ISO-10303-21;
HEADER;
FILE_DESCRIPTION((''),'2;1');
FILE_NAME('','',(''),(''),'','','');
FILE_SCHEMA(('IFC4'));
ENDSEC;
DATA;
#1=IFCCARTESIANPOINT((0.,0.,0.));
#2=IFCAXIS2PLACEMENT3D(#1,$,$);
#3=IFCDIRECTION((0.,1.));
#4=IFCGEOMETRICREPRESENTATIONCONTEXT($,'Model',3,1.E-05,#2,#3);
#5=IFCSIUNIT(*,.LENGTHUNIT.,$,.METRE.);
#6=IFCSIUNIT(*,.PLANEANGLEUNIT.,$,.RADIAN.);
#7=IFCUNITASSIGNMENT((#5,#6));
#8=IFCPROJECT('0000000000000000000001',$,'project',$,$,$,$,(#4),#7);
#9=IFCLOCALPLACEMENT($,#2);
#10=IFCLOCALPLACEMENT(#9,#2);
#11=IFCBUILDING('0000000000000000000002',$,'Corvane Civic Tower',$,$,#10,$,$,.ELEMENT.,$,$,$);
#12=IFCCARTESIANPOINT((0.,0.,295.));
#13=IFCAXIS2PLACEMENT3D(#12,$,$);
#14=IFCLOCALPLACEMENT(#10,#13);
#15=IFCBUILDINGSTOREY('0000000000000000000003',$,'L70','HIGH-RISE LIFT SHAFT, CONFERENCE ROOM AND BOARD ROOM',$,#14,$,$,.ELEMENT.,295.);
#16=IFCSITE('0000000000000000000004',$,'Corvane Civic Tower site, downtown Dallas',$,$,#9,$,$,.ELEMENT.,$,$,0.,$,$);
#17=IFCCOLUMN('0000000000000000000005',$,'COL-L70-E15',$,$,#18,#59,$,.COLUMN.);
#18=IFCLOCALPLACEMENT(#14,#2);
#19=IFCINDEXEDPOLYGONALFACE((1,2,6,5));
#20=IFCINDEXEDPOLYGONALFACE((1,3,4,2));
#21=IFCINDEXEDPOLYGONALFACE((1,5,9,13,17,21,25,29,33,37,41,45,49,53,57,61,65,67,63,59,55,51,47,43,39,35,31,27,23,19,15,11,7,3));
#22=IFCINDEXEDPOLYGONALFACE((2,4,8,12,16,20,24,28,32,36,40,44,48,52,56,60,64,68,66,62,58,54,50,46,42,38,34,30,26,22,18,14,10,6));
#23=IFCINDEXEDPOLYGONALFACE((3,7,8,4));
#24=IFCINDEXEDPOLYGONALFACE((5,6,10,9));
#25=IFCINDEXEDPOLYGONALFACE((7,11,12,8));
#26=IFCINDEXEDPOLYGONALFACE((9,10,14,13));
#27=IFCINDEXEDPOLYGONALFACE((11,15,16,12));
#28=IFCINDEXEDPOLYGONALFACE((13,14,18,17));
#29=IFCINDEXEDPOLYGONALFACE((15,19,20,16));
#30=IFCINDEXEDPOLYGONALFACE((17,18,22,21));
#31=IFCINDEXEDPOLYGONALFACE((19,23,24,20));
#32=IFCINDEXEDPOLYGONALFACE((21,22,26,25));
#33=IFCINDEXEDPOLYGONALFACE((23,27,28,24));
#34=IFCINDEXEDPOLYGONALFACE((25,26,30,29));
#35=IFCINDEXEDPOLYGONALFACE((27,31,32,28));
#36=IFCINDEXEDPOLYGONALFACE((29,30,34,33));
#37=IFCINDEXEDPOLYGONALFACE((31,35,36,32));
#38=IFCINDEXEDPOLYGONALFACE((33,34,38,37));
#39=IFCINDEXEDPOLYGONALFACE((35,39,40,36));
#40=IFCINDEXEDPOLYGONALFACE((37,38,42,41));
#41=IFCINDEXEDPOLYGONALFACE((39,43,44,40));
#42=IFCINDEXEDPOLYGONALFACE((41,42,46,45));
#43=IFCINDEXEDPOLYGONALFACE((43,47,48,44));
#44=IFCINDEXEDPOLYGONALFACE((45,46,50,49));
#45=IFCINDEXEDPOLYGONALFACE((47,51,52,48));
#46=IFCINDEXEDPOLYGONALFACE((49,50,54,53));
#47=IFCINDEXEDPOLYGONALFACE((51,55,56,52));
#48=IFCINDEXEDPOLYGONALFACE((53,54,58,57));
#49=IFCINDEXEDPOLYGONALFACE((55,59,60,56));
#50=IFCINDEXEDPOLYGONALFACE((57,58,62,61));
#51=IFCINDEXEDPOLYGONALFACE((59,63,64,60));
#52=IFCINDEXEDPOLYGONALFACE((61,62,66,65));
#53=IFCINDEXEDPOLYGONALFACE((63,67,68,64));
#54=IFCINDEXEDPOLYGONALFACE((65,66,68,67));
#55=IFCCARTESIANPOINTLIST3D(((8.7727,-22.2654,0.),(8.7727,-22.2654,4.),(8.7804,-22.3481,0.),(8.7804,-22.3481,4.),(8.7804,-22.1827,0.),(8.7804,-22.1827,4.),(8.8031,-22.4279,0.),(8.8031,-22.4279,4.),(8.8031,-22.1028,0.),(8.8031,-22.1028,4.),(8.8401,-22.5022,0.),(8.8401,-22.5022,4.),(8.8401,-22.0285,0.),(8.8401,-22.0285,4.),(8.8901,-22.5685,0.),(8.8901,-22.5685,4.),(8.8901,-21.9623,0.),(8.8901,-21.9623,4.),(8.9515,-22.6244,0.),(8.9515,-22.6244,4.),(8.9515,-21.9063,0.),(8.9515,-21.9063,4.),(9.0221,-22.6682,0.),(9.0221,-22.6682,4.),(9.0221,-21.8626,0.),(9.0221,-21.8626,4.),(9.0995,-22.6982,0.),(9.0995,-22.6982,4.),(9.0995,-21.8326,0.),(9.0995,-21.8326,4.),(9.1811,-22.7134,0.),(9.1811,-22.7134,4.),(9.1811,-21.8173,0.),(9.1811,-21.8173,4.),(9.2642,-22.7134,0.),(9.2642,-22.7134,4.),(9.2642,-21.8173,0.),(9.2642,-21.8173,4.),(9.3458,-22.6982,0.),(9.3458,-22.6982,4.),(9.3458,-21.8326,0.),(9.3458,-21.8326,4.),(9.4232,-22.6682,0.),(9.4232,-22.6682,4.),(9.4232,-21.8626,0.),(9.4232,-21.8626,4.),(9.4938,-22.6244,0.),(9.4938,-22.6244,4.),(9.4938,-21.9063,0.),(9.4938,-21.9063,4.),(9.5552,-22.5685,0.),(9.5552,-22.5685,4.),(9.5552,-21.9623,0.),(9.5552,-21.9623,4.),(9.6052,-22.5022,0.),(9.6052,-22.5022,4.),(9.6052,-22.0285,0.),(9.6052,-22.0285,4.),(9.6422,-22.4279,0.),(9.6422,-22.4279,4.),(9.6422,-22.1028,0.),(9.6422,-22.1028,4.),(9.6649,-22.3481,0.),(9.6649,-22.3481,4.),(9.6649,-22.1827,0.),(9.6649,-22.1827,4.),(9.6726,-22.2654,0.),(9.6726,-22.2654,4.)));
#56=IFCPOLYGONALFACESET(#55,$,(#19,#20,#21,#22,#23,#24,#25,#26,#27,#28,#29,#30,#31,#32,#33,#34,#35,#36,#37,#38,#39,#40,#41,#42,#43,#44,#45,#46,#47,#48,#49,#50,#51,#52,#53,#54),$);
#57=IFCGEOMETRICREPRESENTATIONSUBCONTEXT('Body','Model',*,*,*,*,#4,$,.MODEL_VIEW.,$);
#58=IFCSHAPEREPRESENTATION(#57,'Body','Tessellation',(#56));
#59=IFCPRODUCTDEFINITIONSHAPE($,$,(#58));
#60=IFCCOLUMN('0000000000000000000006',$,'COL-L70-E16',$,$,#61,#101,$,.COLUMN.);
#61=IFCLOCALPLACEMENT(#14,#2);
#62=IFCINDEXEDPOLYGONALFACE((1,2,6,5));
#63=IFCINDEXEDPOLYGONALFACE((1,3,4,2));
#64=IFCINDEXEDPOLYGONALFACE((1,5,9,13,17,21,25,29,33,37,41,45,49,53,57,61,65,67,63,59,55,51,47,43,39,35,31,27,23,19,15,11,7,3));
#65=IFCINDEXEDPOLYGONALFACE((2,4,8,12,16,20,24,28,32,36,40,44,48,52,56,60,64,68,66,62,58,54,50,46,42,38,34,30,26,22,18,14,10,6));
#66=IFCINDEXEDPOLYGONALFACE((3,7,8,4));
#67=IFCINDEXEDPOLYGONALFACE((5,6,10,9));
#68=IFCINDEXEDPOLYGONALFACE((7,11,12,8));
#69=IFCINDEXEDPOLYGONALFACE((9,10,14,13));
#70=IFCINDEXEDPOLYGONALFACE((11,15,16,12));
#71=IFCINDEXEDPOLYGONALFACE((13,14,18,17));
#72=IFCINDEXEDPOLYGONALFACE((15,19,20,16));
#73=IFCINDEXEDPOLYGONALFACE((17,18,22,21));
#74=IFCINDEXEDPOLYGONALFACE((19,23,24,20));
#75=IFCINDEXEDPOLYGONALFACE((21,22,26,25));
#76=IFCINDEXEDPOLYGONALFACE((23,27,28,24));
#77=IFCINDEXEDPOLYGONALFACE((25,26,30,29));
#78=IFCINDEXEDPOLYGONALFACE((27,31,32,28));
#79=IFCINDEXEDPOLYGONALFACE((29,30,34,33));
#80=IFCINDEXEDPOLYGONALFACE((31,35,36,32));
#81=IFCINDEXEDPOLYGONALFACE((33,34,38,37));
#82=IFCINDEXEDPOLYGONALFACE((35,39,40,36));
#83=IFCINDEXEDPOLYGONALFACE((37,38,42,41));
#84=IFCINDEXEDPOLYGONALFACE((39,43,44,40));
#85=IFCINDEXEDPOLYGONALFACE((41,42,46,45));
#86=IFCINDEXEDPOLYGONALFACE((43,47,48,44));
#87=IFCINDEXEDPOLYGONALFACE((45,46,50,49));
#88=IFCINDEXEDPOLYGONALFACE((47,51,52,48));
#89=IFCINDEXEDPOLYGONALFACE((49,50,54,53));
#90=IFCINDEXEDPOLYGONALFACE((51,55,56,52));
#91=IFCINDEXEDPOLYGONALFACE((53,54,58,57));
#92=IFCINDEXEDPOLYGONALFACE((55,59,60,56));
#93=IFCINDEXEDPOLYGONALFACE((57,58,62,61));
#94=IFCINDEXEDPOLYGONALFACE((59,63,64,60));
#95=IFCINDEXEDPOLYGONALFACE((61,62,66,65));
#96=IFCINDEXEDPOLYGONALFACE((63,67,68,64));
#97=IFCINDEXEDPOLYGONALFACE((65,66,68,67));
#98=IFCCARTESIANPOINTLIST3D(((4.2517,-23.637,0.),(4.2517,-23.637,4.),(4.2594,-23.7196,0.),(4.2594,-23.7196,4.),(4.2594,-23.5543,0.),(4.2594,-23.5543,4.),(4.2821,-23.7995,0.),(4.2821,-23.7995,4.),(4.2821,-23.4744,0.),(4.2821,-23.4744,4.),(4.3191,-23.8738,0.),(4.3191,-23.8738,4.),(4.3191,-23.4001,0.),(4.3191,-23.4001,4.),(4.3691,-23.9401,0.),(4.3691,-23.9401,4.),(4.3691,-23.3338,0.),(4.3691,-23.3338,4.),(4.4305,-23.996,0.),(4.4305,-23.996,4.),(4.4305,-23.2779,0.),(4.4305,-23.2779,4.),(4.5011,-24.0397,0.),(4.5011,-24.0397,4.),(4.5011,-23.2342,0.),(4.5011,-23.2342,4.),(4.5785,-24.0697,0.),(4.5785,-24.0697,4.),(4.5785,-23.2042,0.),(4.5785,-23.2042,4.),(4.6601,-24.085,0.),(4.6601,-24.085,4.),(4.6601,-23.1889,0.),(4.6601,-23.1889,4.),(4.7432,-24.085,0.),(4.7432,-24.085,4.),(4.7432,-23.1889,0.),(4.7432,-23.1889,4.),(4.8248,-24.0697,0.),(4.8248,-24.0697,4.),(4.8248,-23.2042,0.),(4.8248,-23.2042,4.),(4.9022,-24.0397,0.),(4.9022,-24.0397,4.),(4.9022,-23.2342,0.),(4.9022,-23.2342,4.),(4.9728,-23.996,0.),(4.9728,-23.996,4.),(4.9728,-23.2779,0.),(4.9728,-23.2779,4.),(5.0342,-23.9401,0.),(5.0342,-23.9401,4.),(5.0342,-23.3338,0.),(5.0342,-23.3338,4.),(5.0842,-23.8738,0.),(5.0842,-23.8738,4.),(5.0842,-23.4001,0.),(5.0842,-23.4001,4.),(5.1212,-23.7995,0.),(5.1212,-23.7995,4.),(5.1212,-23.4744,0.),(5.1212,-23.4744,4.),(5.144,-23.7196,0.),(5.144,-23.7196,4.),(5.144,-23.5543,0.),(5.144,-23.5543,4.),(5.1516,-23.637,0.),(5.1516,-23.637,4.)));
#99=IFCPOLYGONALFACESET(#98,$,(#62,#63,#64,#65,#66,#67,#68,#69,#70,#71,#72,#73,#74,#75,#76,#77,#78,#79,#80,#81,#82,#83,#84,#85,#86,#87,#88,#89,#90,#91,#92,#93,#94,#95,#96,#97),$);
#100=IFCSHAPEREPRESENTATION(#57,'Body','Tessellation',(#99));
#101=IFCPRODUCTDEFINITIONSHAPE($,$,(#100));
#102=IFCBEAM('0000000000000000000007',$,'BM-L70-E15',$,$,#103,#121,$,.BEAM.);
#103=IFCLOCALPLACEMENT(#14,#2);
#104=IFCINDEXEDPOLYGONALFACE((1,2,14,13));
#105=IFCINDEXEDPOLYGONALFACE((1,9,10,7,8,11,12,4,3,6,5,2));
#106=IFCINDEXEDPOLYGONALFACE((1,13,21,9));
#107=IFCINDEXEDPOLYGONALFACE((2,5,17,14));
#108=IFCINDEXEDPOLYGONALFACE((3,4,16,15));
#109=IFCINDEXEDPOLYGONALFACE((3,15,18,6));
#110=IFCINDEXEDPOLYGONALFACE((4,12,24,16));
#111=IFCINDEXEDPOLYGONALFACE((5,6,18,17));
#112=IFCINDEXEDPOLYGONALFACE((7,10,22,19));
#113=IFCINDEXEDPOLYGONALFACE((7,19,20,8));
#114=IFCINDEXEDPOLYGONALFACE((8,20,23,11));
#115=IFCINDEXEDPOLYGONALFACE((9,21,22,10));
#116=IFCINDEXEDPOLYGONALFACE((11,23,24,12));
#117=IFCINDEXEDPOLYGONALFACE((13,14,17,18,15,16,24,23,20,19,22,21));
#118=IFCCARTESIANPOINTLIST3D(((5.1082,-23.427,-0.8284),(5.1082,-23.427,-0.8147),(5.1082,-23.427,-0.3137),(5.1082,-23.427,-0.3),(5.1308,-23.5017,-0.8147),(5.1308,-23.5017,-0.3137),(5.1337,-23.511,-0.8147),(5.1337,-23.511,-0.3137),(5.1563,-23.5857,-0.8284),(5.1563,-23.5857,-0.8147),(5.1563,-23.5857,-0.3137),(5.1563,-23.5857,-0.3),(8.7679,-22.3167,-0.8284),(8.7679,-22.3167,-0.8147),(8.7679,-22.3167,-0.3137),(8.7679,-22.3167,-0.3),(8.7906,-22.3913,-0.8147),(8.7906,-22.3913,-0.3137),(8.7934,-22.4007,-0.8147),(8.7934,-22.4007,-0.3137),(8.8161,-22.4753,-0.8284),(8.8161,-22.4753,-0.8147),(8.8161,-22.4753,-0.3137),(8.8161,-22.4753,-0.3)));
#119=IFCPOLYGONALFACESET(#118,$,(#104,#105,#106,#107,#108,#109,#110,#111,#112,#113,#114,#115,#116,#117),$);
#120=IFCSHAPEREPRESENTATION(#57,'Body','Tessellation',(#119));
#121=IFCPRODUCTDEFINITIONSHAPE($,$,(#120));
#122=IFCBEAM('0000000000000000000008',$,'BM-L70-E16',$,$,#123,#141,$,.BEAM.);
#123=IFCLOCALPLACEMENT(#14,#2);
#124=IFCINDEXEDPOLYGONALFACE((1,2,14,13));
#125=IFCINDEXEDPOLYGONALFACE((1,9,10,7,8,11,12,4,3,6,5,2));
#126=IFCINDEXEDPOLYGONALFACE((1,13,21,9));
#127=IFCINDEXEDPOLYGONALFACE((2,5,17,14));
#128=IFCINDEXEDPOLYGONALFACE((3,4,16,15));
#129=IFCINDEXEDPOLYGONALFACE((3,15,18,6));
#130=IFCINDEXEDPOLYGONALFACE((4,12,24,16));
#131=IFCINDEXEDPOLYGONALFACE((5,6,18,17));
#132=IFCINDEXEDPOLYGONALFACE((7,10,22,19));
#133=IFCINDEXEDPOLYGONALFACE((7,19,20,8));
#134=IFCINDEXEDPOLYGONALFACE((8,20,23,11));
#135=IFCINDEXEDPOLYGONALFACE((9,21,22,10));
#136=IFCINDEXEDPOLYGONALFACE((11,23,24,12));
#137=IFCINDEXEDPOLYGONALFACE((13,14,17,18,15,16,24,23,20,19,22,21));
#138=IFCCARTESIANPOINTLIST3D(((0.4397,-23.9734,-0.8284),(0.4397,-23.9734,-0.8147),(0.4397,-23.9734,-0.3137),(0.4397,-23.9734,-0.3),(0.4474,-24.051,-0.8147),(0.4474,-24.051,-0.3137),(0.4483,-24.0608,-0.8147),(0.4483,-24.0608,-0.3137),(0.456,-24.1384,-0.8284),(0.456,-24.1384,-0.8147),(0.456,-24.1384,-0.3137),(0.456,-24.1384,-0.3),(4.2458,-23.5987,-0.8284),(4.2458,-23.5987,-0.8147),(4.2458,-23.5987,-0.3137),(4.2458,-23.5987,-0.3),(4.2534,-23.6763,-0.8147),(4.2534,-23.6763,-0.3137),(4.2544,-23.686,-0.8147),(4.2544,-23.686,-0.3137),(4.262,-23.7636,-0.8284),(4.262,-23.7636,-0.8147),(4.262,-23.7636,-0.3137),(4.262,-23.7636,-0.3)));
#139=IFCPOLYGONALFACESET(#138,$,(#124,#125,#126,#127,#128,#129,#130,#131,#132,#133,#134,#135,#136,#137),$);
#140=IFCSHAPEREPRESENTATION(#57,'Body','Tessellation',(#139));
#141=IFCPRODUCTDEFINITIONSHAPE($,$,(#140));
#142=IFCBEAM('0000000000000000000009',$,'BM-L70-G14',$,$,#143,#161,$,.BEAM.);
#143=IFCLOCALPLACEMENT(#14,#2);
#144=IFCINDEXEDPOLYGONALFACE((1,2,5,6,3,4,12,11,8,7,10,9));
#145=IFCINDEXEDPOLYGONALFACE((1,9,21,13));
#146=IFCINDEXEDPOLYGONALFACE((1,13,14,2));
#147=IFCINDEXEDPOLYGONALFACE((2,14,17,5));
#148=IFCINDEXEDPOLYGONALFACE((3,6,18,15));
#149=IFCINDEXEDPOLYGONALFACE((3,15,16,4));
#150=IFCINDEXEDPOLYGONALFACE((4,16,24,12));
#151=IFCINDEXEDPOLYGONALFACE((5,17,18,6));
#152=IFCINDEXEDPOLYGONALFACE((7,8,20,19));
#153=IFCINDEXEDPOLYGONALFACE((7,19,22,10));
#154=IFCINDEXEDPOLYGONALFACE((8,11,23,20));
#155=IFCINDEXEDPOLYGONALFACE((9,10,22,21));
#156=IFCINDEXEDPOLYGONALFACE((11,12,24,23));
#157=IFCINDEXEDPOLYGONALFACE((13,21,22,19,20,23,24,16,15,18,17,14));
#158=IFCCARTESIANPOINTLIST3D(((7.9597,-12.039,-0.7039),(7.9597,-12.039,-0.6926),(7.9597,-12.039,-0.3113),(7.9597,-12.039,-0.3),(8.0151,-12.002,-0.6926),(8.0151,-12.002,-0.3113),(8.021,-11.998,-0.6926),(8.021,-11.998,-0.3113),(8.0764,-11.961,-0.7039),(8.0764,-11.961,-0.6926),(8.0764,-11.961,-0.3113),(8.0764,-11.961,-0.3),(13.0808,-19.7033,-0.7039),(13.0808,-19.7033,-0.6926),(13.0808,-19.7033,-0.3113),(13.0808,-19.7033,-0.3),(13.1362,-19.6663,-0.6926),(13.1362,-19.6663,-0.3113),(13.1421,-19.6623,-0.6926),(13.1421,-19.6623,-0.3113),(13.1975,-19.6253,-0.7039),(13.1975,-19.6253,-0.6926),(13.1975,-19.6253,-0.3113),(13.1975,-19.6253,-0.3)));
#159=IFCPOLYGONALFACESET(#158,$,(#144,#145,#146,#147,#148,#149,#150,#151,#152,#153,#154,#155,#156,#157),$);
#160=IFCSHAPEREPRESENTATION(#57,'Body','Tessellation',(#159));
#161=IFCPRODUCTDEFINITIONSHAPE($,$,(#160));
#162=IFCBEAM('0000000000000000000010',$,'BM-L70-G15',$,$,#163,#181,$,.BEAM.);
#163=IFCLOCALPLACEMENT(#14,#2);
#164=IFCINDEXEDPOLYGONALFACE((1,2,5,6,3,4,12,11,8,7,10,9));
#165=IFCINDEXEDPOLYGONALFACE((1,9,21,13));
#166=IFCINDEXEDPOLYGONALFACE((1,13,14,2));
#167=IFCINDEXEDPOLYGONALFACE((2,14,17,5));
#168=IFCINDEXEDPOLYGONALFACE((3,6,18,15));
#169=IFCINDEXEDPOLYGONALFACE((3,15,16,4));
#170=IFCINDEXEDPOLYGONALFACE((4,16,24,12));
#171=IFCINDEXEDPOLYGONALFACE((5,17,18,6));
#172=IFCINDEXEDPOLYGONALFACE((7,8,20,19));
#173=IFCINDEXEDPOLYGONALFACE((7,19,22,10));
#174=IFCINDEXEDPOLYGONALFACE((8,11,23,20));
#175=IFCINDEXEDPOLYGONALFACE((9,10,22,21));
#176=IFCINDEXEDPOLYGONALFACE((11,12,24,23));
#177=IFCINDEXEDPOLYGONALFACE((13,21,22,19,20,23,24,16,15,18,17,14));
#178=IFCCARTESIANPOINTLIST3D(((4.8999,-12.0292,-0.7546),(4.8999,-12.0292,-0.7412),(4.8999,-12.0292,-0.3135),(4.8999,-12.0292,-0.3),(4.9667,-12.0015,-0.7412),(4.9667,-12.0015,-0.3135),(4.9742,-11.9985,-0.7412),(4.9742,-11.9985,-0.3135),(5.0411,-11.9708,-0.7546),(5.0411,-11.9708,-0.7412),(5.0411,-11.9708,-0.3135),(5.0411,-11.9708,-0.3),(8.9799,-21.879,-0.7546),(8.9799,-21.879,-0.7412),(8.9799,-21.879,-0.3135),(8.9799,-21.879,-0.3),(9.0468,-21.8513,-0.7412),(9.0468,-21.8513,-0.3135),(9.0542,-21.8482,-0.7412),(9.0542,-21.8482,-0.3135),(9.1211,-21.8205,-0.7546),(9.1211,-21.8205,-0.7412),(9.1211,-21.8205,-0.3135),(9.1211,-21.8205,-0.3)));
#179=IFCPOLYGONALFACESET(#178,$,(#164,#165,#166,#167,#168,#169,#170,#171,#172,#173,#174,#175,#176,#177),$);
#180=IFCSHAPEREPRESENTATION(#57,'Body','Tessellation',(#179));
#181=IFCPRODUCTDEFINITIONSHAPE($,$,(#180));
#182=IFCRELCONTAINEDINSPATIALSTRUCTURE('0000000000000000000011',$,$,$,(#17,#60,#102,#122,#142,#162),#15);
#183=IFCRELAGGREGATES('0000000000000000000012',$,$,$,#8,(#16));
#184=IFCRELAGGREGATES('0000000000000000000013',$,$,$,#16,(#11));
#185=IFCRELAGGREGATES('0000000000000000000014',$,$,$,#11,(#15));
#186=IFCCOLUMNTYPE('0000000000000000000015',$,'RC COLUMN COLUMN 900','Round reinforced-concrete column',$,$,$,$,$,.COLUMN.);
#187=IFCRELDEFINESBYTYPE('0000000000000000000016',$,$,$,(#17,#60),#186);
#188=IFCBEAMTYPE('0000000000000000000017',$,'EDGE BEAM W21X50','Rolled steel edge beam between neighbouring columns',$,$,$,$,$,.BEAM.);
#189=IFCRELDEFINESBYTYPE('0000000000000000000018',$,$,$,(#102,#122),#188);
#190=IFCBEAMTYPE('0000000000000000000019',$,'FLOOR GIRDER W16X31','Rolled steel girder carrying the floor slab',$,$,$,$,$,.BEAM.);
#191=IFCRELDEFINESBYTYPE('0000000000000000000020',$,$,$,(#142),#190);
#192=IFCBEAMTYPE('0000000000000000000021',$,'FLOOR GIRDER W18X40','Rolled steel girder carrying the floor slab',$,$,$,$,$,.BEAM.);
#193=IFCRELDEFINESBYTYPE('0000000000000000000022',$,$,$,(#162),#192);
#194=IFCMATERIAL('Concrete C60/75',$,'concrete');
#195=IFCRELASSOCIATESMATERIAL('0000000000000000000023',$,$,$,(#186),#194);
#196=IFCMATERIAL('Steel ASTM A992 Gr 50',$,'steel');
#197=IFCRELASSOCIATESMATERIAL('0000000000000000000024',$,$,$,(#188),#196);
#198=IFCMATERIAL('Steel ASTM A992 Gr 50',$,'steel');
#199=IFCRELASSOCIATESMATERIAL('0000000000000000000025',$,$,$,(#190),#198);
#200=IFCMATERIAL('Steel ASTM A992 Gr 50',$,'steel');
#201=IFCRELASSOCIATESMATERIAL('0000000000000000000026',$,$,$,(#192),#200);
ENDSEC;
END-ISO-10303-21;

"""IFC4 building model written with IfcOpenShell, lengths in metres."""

from ifc_helpers import new_model, si_unit, direction, frame, origin, origin_2d, place, context, subcontext, project, spatial, circle, i_section, extrude, material, material_profile, profile_set, type_object, element, save


model = new_model("IFC4")

# Units and contexts
model_context = context("Model", 3, precision=1e-05, world=origin(), true_north=direction((0.0, 1.0)))
body_context = subcontext(model_context, "Body", "Model", "MODEL_VIEW")
ifc_project = project(units=[si_unit("LENGTHUNIT", "METRE"), si_unit("PLANEANGLEUNIT", "RADIAN")], contexts=[model_context])

# Site, building, storey
site_placement = place(None, origin())
site = spatial("IfcSite", under=ifc_project, at=site_placement, Name="Corvane Civic Tower site, downtown Dallas", CompositionType="ELEMENT", RefElevation=0.0)
building_placement = place(site_placement, origin())
building = spatial("IfcBuilding", under=site, at=building_placement, Name="Corvane Civic Tower", CompositionType="ELEMENT")
storey_placement = place(building_placement, frame((0.0, 0.0, 295.0)))
storey = spatial("IfcBuildingStorey", under=building, at=storey_placement, Name="L70", Description="HIGH-RISE LIFT SHAFT, CONFERENCE ROOM AND BOARD ROOM", CompositionType="ELEMENT", Elevation=295.0)

# Columns
ifc_material_1 = material(Name="Concrete C60/75", Category="concrete")
ifc_material_profile_1 = material_profile(ifc_material_1, circle(Radius=0.45, at=origin_2d()), Name="COLUMN 900")
ifc_profile_set_1 = profile_set([ifc_material_profile_1], Name="Concrete C60/75")
column_type = type_object("IfcColumnType", Name="RC COLUMN COLUMN 900", Description="Round reinforced-concrete column", PredefinedType="COLUMN", material=ifc_profile_set_1)
for number, where, z_axis, x_axis, name in (
    (1, (9.2227, -22.2654, 0.0), (0.0, 0.0, 1.0), (1.0, 0.0, 0.0), "COL-L70-E15"),
    (2, (4.7017, -23.637, 0.0), (0.0, 0.0, 1.0), (1.0, 0.0, 0.0), "COL-L70-E16"),
):
    element("IfcColumn", number, at=place(storey_placement, frame(where, z_axis=z_axis, x_axis=x_axis)), inside=storey, type_object=column_type, Name=name, PredefinedType="COLUMN", context=body_context, shape_type="SweptSolid", body=[
        extrude(circle(Radius=0.45, at=origin_2d()), origin(), (0.0, 0.0, 1.0), 4.0),
    ])

# Beams
ifc_material_2 = material(Name="Steel ASTM A992 Gr 50", Category="steel")
ifc_material_profile_2 = material_profile(ifc_material_2, i_section(OverallWidth=0.1658, OverallDepth=0.5283, WebThickness=0.0098, FlangeThickness=0.0137, at=origin_2d()), Name="W21X50")
ifc_profile_set_2 = profile_set([ifc_material_profile_2], Name="Steel ASTM A992 Gr 50")
beam_type_1 = type_object("IfcBeamType", Name="EDGE BEAM W21X50", Description="Rolled steel edge beam between neighbouring columns", PredefinedType="BEAM", material=ifc_profile_set_2)
for number, where, z_axis, x_axis, name in (
    (3, (8.792, -22.396, -0.5642), (-0.956926, -0.290333, 0.0), (0.290333, -0.956926, 0.0), "BM-L70-E15"),
    (4, (4.2539, -23.6812, -0.5642), (-0.995188, -0.097987, 0.0), (0.097987, -0.995188, 0.0), "BM-L70-E16"),
):
    element("IfcBeam", number, at=place(storey_placement, frame(where, z_axis=z_axis, x_axis=x_axis)), inside=storey, type_object=beam_type_1, Name=name, PredefinedType="BEAM", context=body_context, shape_type="SweptSolid", body=[
        extrude(i_section(OverallWidth=0.1658, OverallDepth=0.5283, WebThickness=0.0098, FlangeThickness=0.0137, at=origin_2d()), origin(), (0.0, 0.0, 1.0), 3.8245),
    ])
ifc_material_3 = material(Name="Steel ASTM A992 Gr 50", Category="steel")
ifc_material_profile_3 = material_profile(ifc_material_3, i_section(OverallWidth=0.1404, OverallDepth=0.4038, WebThickness=0.0071, FlangeThickness=0.0112, at=origin_2d()), Name="W16X31")
ifc_profile_set_3 = profile_set([ifc_material_profile_3], Name="Steel ASTM A992 Gr 50")
beam_type_2 = type_object("IfcBeamType", Name="FLOOR GIRDER W16X31", Description="Rolled steel girder carrying the floor slab", PredefinedType="BEAM", material=ifc_profile_set_3)
beam_1_placement = place(storey_placement, frame((8.0181, -12.0, -0.502), z_axis=(0.555568, -0.831471, 0.0), x_axis=(0.831471, 0.555568, 0.0)))
element("IfcBeam", 5, at=beam_1_placement, inside=storey, type_object=beam_type_2, Name="BM-L70-G14", PredefinedType="BEAM", context=body_context, shape_type="SweptSolid", body=[
    extrude(i_section(OverallWidth=0.1404, OverallDepth=0.4038, WebThickness=0.0071, FlangeThickness=0.0112, at=origin_2d()), origin(), (0.0, 0.0, 1.0), 9.2178),
])
ifc_material_4 = material(Name="Steel ASTM A992 Gr 50", Category="steel")
ifc_material_profile_4 = material_profile(ifc_material_4, i_section(OverallWidth=0.1528, OverallDepth=0.4546, WebThickness=0.0081, FlangeThickness=0.0134, at=origin_2d()), Name="W18X40")
ifc_profile_set_4 = profile_set([ifc_material_profile_4], Name="Steel ASTM A992 Gr 50")
beam_type_3 = type_object("IfcBeamType", Name="FLOOR GIRDER W18X40", Description="Rolled steel girder carrying the floor slab", PredefinedType="BEAM", material=ifc_profile_set_4)
beam_2_placement = place(storey_placement, frame((4.9705, -12.0, -0.5273), z_axis=(0.382694, -0.923875, 0.0), x_axis=(0.923875, 0.382694, 0.0)))
element("IfcBeam", 6, at=beam_2_placement, inside=storey, type_object=beam_type_3, Name="BM-L70-G15", PredefinedType="BEAM", context=body_context, shape_type="SweptSolid", body=[
    extrude(i_section(OverallWidth=0.1528, OverallDepth=0.4546, WebThickness=0.0081, FlangeThickness=0.0134, at=origin_2d()), origin(), (0.0, 0.0, 1.0), 10.6614),
])

save(model, "model.ifc")
